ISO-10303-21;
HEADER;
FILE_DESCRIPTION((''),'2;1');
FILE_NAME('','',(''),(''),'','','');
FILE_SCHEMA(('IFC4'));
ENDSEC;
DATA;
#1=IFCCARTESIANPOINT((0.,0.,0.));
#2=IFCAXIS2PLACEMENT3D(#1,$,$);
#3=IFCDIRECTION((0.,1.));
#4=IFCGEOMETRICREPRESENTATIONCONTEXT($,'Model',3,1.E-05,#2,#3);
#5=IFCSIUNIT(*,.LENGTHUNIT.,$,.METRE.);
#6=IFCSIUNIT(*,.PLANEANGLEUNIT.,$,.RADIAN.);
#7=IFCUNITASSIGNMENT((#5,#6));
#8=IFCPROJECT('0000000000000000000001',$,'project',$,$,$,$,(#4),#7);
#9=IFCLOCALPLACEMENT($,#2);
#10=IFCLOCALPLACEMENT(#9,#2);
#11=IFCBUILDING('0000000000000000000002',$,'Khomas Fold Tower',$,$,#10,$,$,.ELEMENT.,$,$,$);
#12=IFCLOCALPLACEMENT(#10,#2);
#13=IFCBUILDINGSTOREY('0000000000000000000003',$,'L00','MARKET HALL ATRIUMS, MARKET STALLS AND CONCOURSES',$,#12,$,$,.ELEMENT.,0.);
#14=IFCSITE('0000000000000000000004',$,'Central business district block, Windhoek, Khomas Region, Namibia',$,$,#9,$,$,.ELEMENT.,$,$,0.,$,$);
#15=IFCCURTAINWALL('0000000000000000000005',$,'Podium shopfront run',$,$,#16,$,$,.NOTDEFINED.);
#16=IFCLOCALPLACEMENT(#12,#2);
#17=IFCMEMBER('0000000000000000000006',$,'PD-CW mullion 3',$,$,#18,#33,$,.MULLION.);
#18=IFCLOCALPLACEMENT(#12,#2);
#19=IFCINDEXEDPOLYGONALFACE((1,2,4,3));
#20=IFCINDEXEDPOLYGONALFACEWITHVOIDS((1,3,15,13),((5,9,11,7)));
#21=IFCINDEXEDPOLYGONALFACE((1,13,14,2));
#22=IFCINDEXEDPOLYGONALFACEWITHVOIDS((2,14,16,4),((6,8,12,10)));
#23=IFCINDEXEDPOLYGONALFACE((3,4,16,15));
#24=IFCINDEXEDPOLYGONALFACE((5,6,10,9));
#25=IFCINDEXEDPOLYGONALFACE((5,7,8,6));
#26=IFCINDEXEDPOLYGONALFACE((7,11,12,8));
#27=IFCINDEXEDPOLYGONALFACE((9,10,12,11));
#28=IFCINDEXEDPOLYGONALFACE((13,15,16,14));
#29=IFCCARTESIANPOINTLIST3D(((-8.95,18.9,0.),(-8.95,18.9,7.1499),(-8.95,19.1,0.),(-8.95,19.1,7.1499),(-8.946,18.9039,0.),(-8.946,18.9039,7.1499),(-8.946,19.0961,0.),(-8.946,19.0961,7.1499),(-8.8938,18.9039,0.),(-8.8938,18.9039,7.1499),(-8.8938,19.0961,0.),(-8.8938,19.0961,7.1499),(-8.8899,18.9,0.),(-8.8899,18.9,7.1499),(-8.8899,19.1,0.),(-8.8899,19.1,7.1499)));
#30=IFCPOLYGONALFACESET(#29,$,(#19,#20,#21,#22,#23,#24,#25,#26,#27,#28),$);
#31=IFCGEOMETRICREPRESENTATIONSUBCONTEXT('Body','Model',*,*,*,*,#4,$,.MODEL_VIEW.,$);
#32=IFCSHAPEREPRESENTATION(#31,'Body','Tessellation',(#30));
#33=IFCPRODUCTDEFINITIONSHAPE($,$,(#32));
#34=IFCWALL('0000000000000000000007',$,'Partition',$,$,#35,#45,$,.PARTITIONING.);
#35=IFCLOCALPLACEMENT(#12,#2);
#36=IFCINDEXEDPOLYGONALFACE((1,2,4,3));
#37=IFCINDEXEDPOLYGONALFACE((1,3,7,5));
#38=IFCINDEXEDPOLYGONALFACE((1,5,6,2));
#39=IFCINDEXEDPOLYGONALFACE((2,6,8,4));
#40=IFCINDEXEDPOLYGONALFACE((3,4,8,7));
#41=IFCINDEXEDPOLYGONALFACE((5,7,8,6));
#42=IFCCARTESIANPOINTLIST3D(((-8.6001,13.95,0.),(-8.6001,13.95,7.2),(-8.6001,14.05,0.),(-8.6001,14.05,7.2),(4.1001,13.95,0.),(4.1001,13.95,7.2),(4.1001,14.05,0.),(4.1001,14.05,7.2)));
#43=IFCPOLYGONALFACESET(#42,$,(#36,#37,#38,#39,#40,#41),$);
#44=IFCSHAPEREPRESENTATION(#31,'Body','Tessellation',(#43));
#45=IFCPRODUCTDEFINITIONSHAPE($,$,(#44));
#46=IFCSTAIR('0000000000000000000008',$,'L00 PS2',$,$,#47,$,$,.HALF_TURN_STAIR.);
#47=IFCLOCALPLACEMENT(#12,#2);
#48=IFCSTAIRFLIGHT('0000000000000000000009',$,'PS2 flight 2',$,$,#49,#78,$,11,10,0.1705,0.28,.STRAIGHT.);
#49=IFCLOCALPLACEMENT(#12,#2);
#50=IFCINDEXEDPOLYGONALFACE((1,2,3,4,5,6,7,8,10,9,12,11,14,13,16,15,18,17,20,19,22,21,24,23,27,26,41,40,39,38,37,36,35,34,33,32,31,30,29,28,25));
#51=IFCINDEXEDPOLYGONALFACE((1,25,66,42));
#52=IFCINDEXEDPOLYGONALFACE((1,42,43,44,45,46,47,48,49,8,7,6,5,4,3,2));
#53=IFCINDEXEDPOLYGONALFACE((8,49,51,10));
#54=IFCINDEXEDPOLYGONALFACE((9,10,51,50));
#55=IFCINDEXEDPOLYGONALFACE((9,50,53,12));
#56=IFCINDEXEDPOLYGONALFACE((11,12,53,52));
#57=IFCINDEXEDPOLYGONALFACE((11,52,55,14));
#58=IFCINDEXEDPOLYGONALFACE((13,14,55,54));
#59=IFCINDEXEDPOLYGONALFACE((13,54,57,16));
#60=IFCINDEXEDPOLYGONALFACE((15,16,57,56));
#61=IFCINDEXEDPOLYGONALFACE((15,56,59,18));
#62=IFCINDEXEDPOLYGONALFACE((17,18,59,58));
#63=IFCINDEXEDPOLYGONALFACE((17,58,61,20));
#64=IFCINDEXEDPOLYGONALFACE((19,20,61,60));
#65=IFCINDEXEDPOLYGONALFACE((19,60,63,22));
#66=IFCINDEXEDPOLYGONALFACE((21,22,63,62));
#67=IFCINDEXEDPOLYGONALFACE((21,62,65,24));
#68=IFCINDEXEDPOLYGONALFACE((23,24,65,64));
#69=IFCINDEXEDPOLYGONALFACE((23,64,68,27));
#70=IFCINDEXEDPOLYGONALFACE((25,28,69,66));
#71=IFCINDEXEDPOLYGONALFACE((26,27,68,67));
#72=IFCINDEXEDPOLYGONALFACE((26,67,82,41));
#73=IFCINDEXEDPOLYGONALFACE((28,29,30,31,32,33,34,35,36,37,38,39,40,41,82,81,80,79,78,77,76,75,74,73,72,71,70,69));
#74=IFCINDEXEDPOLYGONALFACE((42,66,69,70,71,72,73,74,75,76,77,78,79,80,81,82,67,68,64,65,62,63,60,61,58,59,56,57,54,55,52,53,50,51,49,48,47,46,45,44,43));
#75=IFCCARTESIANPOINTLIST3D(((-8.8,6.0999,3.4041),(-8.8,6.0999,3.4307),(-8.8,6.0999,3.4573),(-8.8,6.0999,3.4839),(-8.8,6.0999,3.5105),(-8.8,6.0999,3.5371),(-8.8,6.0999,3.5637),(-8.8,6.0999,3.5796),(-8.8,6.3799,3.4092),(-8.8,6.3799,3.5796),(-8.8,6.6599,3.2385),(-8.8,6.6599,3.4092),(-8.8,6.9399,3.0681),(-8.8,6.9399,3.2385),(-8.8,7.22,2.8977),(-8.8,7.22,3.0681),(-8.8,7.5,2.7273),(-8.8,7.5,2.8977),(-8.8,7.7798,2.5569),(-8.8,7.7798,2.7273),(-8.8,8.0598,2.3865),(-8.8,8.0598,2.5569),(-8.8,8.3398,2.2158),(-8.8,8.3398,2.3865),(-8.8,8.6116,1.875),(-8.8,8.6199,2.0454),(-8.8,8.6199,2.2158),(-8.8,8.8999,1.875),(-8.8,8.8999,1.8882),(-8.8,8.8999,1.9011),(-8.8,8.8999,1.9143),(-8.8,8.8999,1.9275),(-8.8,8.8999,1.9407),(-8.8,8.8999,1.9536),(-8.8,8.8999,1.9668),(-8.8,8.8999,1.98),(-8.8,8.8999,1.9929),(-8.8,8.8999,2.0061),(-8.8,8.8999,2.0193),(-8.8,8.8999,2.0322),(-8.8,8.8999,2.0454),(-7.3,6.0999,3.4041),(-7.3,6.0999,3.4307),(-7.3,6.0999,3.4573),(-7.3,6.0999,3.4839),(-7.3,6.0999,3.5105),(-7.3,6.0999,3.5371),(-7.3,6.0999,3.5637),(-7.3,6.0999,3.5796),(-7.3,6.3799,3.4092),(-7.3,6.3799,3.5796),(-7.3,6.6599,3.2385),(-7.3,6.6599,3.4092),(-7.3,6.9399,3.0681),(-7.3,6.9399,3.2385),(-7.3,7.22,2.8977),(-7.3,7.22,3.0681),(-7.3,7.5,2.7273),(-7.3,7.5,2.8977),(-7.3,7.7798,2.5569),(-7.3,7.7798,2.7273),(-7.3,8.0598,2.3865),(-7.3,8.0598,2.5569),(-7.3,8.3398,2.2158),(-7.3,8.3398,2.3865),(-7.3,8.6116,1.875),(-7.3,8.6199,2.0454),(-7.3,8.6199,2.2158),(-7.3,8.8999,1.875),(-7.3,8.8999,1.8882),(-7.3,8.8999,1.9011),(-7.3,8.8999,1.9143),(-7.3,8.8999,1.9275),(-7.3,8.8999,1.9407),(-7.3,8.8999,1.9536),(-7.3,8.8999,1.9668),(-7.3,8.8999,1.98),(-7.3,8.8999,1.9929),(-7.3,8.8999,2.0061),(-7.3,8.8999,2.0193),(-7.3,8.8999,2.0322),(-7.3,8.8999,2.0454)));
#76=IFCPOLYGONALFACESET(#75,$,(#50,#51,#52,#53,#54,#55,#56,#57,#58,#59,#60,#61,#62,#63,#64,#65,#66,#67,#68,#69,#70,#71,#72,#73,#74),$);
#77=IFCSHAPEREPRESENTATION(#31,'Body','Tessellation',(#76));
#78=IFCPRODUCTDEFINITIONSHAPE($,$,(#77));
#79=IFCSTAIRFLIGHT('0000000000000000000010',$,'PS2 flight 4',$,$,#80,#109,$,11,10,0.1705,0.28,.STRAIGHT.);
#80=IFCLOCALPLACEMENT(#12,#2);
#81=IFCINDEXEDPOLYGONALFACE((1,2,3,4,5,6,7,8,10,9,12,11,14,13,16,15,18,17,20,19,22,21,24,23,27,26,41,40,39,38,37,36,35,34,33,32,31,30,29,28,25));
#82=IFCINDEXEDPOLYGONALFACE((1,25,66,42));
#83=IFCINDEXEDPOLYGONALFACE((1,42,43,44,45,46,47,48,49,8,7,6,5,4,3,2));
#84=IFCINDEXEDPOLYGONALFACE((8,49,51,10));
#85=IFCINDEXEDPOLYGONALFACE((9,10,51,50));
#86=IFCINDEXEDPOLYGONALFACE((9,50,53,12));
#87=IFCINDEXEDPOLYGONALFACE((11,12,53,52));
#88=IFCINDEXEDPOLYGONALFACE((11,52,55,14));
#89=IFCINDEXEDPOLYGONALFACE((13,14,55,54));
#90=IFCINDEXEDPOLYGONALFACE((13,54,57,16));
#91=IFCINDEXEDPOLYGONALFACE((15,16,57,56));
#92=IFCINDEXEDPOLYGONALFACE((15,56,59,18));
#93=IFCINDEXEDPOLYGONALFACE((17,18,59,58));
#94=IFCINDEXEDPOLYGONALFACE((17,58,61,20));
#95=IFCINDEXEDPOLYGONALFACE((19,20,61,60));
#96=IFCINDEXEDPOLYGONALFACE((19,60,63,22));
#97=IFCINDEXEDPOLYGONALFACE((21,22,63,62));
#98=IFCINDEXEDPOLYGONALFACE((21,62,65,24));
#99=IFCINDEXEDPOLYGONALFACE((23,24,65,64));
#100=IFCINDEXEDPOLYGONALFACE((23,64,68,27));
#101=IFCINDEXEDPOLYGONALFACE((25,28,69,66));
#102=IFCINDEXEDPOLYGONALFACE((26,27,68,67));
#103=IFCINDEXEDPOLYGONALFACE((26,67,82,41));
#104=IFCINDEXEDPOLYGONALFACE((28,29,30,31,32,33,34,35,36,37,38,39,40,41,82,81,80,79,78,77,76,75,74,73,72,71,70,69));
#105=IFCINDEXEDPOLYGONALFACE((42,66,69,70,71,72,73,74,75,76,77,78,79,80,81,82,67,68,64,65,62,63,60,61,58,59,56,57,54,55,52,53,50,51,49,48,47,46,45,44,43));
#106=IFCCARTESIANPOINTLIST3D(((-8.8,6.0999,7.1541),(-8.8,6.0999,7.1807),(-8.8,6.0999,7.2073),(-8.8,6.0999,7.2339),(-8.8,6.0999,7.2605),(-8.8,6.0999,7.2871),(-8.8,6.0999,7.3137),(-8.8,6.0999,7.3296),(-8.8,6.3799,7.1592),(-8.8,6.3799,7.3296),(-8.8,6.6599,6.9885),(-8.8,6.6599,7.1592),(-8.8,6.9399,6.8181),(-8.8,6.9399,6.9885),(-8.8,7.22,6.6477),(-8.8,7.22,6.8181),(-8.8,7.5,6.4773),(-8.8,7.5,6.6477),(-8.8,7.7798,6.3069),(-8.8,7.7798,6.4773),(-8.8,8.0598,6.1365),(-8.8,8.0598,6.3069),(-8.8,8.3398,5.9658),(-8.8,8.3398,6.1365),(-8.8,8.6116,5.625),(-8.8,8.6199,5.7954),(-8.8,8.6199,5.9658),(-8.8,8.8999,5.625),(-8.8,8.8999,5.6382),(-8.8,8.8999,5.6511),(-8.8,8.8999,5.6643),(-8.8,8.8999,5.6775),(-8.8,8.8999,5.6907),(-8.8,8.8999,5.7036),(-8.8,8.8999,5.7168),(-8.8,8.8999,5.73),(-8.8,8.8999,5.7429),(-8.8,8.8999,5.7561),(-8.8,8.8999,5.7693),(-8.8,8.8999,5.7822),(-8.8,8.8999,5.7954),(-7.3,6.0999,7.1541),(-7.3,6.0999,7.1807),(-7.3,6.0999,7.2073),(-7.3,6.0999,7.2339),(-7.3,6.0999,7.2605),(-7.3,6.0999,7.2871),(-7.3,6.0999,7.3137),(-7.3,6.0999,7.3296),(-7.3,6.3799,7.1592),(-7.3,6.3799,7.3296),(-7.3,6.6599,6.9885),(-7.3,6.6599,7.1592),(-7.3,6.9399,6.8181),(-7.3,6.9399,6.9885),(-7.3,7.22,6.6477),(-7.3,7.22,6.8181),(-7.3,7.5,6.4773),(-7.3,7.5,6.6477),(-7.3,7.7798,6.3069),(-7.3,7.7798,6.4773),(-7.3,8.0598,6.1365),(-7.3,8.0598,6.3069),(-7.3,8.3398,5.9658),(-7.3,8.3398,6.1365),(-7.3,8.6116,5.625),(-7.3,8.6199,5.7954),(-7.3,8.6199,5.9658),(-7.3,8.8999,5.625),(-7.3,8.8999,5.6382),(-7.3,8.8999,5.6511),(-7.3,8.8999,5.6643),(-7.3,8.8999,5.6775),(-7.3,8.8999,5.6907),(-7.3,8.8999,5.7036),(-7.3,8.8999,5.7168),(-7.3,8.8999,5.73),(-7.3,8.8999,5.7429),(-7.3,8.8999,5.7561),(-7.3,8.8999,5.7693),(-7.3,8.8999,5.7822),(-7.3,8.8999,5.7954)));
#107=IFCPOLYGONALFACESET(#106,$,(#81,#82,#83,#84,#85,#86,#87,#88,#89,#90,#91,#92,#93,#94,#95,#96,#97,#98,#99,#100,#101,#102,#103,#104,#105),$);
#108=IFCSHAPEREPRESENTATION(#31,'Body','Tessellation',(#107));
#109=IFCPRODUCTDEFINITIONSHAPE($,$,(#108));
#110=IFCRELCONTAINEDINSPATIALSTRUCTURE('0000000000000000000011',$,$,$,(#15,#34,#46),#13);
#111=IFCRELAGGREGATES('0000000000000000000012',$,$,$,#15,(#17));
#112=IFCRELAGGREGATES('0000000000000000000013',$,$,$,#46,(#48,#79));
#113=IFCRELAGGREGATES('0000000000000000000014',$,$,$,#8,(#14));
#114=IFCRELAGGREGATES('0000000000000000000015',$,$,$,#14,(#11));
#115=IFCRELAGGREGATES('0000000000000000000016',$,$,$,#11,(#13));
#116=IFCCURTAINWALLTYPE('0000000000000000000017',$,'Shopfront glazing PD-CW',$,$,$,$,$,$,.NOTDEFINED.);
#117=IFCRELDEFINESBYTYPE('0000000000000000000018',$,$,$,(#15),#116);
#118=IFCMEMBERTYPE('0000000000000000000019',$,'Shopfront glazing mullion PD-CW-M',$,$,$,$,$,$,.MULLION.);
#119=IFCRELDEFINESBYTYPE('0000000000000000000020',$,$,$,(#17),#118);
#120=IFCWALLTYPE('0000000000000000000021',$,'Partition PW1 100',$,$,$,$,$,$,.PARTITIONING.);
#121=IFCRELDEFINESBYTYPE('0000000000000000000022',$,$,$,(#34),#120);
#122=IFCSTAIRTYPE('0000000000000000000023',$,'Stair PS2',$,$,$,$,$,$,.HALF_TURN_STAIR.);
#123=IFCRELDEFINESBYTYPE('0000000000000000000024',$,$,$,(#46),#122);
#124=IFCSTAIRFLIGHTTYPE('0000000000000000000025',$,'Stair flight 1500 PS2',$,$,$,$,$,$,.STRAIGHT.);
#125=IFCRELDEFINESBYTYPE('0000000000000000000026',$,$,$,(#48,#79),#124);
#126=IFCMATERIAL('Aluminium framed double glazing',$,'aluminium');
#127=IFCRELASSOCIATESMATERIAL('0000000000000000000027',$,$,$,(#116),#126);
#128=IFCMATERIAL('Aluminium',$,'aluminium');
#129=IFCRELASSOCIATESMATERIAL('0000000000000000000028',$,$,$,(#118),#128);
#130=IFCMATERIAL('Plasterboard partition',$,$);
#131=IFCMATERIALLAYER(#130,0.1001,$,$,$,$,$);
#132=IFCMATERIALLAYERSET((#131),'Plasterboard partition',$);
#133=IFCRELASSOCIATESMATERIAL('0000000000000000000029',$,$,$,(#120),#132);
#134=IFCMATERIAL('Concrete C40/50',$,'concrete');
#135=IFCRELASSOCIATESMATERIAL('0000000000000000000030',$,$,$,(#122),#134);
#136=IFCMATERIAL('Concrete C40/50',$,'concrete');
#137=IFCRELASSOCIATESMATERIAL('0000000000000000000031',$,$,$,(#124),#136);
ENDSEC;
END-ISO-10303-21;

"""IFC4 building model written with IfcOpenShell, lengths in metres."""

from ifc_helpers import new_model, si_unit, direction, frame, frame_2d, origin, origin_2d, place, context, subcontext, project, spatial, polyline, rectangle, hollow_rectangle, outline, extrude, source, transform, mapped, material, layer, layer_set, material_profile, profile_set, type_object, element, aggregate, save


model = new_model("IFC4")

# Units and contexts
model_context = context("Model", 3, precision=1e-05, world=origin(), true_north=direction((0.0, 1.0)))
body_context = subcontext(model_context, "Body", "Model", "MODEL_VIEW")
ifc_project = project(units=[si_unit("LENGTHUNIT", "METRE"), si_unit("PLANEANGLEUNIT", "RADIAN")], contexts=[model_context])

# Site, building, storey
site_placement = place(None, origin())
site = spatial("IfcSite", under=ifc_project, at=site_placement, Name="Central business district block, Windhoek, Khomas Region, Namibia", CompositionType="ELEMENT", RefElevation=0.0)
building_placement = place(site_placement, origin())
building = spatial("IfcBuilding", under=site, at=building_placement, Name="Khomas Fold Tower", CompositionType="ELEMENT")
storey_placement = place(building_placement, origin())
storey = spatial("IfcBuildingStorey", under=building, at=storey_placement, Name="L00", Description="MARKET HALL ATRIUMS, MARKET STALLS AND CONCOURSES", CompositionType="ELEMENT", Elevation=0.0)

# Curtain wall, member
ifc_material_1 = material(Name="Aluminium framed double glazing", Category="aluminium")
curtain_wall_type = type_object("IfcCurtainWallType", Name="Shopfront glazing PD-CW", PredefinedType="NOTDEFINED", material=ifc_material_1)
curtain_wall_placement = place(storey_placement, origin())
curtain_wall = element("IfcCurtainWall", 1, at=curtain_wall_placement, inside=storey, type_object=curtain_wall_type, Name="Podium shopfront run", PredefinedType="NOTDEFINED")
ifc_material_2 = material(Name="Aluminium", Category="aluminium")
ifc_material_profile = material_profile(ifc_material_2, hollow_rectangle(XDim=0.0601, YDim=0.2, WallThickness=0.0039, at=origin_2d()), Name="Shopfront glazing mullion PD-CW-M")
ifc_profile_set = profile_set([ifc_material_profile], Name="Aluminium")
member_type = type_object("IfcMemberType", Name="Shopfront glazing mullion PD-CW-M", PredefinedType="MULLION", material=ifc_profile_set)
shared_shape_1 = source(origin(), body_context, "Body", "SweptSolid", [
    extrude(hollow_rectangle(XDim=0.0601, YDim=0.2, WallThickness=0.0039, at=origin_2d()), origin(), (0.0, 0.0, 1.0), 7.1499),
])
member_placement = place(storey_placement, frame((-8.9199, 19.0, 0.0), z_axis=(0.0, 0.0, 1.0), x_axis=(1.0, 0.0, 0.0)))
member = element("IfcMember", 2, at=member_placement, type_object=member_type, Name="PD-CW mullion 3", PredefinedType="MULLION", context=body_context, shape_type="MappedRepresentation", body=[
    mapped(shared_shape_1, transform((0.0, 0.0, 0.0))),
])
aggregate(curtain_wall, [member])

# Wall
ifc_material_3 = material(Name="Plasterboard partition")
ifc_layer_1 = layer(ifc_material_3, 0.1001)
ifc_layer_set_1 = layer_set([ifc_layer_1], Name="Plasterboard partition")
wall_type_1 = type_object("IfcWallType", Name="Partition PW1 100", PredefinedType="PARTITIONING", material=ifc_layer_set_1)
shared_shape_2 = source(origin(), body_context, "Body", "SweptSolid", [
    extrude(rectangle(XDim=12.7002, YDim=0.1001, at=frame_2d((6.3501, 0.0))), origin(), (0.0, 0.0, 1.0), 7.2),
])
wall_1_placement = place(storey_placement, frame((-8.6001, 14.0, 0.0), z_axis=(0.0, 0.0, 1.0), x_axis=(1.0, 0.0, 0.0)))
element("IfcWall", 3, at=wall_1_placement, inside=storey, type_object=wall_type_1, Name="Partition", PredefinedType="PARTITIONING", context=body_context, shape_type="MappedRepresentation", body=[
    mapped(shared_shape_2, transform((0.0, 0.0, 0.0))),
])

# Stair, stair flights
ifc_material_4 = material(Name="Concrete C40/50", Category="concrete")
stair_type = type_object("IfcStairType", Name="Stair PS2", PredefinedType="HALF_TURN_STAIR", material=ifc_material_4)
stair_placement = place(storey_placement, origin())
stair = element("IfcStair", 4, at=stair_placement, inside=storey, type_object=stair_type, Name="L00 PS2", PredefinedType="HALF_TURN_STAIR")
ifc_material_5 = material(Name="Concrete C40/50", Category="concrete")
stair_flight_type = type_object("IfcStairFlightType", Name="Stair flight 1500 PS2", PredefinedType="STRAIGHT", material=ifc_material_5)
shared_shape_3 = source(origin(), body_context, "Body", "SweptSolid", [
    extrude(outline(polyline([(0.0, 0.0), (0.0, 0.0132), (0.0, 0.0261), (0.0, 0.0393), (0.0, 0.0525), (0.0, 0.0657), (0.0, 0.0786), (0.0, 0.0918), (0.0, 0.105), (0.0, 0.1179), (0.0, 0.1311), (0.0, 0.1443), (0.0, 0.1572), (0.0, 0.1704), (0.28, 0.1704), (0.28, 0.3408), (0.5601, 0.3408), (0.5601, 0.5115), (0.8401, 0.5115), (0.8401, 0.6819), (1.1201, 0.6819), (1.1201, 0.8523), (1.3999, 0.8523), (1.3999, 1.0227), (1.6799, 1.0227), (1.6799, 1.1931), (1.96, 1.1931), (1.96, 1.3635), (2.24, 1.3635), (2.24, 1.5342), (2.52, 1.5342), (2.52, 1.7046), (2.8, 1.7046), (2.8, 1.875), (2.8, 1.8484), (2.8, 1.8218), (2.8, 1.7952), (2.8, 1.7686), (2.8, 1.7419), (2.8, 1.7153), (2.8, 1.6887), (2.8, 1.6621), (2.8, 1.6355), (2.8, 1.6089), (2.8, 1.5823), (2.8, 1.5557), (2.8, 1.5291), (0.2883, 0.0), (0.0, 0.0)])), frame((0.0, 0.75, 0.0), z_axis=(0.0, -1.0, 0.0), x_axis=(1.0, 0.0, 0.0)), (0.0, 0.0, 1.0), 1.5),
])
stair_flight_1_placement = place(storey_placement, frame((-8.05, 8.8999, 1.875), z_axis=(0.0, 0.0, 1.0), x_axis=(0.0, -1.0, 0.0)))
stair_flight_1 = element("IfcStairFlight", 5, at=stair_flight_1_placement, type_object=stair_flight_type, Name="PS2 flight 2", NumberOfRisers=11, NumberOfTreads=10, PredefinedType="STRAIGHT", RiserHeight=0.1705, TreadLength=0.28, context=body_context, shape_type="MappedRepresentation", body=[
    mapped(shared_shape_3, transform((0.0, 0.0, 0.0))),
])
stair_flight_2_placement = place(storey_placement, frame((-8.05, 8.8999, 5.625), z_axis=(0.0, 0.0, 1.0), x_axis=(0.0, -1.0, 0.0)))
stair_flight_2 = element("IfcStairFlight", 6, at=stair_flight_2_placement, type_object=stair_flight_type, Name="PS2 flight 4", NumberOfRisers=11, NumberOfTreads=10, PredefinedType="STRAIGHT", RiserHeight=0.1705, TreadLength=0.28, context=body_context, shape_type="MappedRepresentation", body=[
    mapped(shared_shape_3, transform((0.0, 0.0, 0.0))),
])
aggregate(stair, [stair_flight_1, stair_flight_2])

save(model, "model.ifc")
